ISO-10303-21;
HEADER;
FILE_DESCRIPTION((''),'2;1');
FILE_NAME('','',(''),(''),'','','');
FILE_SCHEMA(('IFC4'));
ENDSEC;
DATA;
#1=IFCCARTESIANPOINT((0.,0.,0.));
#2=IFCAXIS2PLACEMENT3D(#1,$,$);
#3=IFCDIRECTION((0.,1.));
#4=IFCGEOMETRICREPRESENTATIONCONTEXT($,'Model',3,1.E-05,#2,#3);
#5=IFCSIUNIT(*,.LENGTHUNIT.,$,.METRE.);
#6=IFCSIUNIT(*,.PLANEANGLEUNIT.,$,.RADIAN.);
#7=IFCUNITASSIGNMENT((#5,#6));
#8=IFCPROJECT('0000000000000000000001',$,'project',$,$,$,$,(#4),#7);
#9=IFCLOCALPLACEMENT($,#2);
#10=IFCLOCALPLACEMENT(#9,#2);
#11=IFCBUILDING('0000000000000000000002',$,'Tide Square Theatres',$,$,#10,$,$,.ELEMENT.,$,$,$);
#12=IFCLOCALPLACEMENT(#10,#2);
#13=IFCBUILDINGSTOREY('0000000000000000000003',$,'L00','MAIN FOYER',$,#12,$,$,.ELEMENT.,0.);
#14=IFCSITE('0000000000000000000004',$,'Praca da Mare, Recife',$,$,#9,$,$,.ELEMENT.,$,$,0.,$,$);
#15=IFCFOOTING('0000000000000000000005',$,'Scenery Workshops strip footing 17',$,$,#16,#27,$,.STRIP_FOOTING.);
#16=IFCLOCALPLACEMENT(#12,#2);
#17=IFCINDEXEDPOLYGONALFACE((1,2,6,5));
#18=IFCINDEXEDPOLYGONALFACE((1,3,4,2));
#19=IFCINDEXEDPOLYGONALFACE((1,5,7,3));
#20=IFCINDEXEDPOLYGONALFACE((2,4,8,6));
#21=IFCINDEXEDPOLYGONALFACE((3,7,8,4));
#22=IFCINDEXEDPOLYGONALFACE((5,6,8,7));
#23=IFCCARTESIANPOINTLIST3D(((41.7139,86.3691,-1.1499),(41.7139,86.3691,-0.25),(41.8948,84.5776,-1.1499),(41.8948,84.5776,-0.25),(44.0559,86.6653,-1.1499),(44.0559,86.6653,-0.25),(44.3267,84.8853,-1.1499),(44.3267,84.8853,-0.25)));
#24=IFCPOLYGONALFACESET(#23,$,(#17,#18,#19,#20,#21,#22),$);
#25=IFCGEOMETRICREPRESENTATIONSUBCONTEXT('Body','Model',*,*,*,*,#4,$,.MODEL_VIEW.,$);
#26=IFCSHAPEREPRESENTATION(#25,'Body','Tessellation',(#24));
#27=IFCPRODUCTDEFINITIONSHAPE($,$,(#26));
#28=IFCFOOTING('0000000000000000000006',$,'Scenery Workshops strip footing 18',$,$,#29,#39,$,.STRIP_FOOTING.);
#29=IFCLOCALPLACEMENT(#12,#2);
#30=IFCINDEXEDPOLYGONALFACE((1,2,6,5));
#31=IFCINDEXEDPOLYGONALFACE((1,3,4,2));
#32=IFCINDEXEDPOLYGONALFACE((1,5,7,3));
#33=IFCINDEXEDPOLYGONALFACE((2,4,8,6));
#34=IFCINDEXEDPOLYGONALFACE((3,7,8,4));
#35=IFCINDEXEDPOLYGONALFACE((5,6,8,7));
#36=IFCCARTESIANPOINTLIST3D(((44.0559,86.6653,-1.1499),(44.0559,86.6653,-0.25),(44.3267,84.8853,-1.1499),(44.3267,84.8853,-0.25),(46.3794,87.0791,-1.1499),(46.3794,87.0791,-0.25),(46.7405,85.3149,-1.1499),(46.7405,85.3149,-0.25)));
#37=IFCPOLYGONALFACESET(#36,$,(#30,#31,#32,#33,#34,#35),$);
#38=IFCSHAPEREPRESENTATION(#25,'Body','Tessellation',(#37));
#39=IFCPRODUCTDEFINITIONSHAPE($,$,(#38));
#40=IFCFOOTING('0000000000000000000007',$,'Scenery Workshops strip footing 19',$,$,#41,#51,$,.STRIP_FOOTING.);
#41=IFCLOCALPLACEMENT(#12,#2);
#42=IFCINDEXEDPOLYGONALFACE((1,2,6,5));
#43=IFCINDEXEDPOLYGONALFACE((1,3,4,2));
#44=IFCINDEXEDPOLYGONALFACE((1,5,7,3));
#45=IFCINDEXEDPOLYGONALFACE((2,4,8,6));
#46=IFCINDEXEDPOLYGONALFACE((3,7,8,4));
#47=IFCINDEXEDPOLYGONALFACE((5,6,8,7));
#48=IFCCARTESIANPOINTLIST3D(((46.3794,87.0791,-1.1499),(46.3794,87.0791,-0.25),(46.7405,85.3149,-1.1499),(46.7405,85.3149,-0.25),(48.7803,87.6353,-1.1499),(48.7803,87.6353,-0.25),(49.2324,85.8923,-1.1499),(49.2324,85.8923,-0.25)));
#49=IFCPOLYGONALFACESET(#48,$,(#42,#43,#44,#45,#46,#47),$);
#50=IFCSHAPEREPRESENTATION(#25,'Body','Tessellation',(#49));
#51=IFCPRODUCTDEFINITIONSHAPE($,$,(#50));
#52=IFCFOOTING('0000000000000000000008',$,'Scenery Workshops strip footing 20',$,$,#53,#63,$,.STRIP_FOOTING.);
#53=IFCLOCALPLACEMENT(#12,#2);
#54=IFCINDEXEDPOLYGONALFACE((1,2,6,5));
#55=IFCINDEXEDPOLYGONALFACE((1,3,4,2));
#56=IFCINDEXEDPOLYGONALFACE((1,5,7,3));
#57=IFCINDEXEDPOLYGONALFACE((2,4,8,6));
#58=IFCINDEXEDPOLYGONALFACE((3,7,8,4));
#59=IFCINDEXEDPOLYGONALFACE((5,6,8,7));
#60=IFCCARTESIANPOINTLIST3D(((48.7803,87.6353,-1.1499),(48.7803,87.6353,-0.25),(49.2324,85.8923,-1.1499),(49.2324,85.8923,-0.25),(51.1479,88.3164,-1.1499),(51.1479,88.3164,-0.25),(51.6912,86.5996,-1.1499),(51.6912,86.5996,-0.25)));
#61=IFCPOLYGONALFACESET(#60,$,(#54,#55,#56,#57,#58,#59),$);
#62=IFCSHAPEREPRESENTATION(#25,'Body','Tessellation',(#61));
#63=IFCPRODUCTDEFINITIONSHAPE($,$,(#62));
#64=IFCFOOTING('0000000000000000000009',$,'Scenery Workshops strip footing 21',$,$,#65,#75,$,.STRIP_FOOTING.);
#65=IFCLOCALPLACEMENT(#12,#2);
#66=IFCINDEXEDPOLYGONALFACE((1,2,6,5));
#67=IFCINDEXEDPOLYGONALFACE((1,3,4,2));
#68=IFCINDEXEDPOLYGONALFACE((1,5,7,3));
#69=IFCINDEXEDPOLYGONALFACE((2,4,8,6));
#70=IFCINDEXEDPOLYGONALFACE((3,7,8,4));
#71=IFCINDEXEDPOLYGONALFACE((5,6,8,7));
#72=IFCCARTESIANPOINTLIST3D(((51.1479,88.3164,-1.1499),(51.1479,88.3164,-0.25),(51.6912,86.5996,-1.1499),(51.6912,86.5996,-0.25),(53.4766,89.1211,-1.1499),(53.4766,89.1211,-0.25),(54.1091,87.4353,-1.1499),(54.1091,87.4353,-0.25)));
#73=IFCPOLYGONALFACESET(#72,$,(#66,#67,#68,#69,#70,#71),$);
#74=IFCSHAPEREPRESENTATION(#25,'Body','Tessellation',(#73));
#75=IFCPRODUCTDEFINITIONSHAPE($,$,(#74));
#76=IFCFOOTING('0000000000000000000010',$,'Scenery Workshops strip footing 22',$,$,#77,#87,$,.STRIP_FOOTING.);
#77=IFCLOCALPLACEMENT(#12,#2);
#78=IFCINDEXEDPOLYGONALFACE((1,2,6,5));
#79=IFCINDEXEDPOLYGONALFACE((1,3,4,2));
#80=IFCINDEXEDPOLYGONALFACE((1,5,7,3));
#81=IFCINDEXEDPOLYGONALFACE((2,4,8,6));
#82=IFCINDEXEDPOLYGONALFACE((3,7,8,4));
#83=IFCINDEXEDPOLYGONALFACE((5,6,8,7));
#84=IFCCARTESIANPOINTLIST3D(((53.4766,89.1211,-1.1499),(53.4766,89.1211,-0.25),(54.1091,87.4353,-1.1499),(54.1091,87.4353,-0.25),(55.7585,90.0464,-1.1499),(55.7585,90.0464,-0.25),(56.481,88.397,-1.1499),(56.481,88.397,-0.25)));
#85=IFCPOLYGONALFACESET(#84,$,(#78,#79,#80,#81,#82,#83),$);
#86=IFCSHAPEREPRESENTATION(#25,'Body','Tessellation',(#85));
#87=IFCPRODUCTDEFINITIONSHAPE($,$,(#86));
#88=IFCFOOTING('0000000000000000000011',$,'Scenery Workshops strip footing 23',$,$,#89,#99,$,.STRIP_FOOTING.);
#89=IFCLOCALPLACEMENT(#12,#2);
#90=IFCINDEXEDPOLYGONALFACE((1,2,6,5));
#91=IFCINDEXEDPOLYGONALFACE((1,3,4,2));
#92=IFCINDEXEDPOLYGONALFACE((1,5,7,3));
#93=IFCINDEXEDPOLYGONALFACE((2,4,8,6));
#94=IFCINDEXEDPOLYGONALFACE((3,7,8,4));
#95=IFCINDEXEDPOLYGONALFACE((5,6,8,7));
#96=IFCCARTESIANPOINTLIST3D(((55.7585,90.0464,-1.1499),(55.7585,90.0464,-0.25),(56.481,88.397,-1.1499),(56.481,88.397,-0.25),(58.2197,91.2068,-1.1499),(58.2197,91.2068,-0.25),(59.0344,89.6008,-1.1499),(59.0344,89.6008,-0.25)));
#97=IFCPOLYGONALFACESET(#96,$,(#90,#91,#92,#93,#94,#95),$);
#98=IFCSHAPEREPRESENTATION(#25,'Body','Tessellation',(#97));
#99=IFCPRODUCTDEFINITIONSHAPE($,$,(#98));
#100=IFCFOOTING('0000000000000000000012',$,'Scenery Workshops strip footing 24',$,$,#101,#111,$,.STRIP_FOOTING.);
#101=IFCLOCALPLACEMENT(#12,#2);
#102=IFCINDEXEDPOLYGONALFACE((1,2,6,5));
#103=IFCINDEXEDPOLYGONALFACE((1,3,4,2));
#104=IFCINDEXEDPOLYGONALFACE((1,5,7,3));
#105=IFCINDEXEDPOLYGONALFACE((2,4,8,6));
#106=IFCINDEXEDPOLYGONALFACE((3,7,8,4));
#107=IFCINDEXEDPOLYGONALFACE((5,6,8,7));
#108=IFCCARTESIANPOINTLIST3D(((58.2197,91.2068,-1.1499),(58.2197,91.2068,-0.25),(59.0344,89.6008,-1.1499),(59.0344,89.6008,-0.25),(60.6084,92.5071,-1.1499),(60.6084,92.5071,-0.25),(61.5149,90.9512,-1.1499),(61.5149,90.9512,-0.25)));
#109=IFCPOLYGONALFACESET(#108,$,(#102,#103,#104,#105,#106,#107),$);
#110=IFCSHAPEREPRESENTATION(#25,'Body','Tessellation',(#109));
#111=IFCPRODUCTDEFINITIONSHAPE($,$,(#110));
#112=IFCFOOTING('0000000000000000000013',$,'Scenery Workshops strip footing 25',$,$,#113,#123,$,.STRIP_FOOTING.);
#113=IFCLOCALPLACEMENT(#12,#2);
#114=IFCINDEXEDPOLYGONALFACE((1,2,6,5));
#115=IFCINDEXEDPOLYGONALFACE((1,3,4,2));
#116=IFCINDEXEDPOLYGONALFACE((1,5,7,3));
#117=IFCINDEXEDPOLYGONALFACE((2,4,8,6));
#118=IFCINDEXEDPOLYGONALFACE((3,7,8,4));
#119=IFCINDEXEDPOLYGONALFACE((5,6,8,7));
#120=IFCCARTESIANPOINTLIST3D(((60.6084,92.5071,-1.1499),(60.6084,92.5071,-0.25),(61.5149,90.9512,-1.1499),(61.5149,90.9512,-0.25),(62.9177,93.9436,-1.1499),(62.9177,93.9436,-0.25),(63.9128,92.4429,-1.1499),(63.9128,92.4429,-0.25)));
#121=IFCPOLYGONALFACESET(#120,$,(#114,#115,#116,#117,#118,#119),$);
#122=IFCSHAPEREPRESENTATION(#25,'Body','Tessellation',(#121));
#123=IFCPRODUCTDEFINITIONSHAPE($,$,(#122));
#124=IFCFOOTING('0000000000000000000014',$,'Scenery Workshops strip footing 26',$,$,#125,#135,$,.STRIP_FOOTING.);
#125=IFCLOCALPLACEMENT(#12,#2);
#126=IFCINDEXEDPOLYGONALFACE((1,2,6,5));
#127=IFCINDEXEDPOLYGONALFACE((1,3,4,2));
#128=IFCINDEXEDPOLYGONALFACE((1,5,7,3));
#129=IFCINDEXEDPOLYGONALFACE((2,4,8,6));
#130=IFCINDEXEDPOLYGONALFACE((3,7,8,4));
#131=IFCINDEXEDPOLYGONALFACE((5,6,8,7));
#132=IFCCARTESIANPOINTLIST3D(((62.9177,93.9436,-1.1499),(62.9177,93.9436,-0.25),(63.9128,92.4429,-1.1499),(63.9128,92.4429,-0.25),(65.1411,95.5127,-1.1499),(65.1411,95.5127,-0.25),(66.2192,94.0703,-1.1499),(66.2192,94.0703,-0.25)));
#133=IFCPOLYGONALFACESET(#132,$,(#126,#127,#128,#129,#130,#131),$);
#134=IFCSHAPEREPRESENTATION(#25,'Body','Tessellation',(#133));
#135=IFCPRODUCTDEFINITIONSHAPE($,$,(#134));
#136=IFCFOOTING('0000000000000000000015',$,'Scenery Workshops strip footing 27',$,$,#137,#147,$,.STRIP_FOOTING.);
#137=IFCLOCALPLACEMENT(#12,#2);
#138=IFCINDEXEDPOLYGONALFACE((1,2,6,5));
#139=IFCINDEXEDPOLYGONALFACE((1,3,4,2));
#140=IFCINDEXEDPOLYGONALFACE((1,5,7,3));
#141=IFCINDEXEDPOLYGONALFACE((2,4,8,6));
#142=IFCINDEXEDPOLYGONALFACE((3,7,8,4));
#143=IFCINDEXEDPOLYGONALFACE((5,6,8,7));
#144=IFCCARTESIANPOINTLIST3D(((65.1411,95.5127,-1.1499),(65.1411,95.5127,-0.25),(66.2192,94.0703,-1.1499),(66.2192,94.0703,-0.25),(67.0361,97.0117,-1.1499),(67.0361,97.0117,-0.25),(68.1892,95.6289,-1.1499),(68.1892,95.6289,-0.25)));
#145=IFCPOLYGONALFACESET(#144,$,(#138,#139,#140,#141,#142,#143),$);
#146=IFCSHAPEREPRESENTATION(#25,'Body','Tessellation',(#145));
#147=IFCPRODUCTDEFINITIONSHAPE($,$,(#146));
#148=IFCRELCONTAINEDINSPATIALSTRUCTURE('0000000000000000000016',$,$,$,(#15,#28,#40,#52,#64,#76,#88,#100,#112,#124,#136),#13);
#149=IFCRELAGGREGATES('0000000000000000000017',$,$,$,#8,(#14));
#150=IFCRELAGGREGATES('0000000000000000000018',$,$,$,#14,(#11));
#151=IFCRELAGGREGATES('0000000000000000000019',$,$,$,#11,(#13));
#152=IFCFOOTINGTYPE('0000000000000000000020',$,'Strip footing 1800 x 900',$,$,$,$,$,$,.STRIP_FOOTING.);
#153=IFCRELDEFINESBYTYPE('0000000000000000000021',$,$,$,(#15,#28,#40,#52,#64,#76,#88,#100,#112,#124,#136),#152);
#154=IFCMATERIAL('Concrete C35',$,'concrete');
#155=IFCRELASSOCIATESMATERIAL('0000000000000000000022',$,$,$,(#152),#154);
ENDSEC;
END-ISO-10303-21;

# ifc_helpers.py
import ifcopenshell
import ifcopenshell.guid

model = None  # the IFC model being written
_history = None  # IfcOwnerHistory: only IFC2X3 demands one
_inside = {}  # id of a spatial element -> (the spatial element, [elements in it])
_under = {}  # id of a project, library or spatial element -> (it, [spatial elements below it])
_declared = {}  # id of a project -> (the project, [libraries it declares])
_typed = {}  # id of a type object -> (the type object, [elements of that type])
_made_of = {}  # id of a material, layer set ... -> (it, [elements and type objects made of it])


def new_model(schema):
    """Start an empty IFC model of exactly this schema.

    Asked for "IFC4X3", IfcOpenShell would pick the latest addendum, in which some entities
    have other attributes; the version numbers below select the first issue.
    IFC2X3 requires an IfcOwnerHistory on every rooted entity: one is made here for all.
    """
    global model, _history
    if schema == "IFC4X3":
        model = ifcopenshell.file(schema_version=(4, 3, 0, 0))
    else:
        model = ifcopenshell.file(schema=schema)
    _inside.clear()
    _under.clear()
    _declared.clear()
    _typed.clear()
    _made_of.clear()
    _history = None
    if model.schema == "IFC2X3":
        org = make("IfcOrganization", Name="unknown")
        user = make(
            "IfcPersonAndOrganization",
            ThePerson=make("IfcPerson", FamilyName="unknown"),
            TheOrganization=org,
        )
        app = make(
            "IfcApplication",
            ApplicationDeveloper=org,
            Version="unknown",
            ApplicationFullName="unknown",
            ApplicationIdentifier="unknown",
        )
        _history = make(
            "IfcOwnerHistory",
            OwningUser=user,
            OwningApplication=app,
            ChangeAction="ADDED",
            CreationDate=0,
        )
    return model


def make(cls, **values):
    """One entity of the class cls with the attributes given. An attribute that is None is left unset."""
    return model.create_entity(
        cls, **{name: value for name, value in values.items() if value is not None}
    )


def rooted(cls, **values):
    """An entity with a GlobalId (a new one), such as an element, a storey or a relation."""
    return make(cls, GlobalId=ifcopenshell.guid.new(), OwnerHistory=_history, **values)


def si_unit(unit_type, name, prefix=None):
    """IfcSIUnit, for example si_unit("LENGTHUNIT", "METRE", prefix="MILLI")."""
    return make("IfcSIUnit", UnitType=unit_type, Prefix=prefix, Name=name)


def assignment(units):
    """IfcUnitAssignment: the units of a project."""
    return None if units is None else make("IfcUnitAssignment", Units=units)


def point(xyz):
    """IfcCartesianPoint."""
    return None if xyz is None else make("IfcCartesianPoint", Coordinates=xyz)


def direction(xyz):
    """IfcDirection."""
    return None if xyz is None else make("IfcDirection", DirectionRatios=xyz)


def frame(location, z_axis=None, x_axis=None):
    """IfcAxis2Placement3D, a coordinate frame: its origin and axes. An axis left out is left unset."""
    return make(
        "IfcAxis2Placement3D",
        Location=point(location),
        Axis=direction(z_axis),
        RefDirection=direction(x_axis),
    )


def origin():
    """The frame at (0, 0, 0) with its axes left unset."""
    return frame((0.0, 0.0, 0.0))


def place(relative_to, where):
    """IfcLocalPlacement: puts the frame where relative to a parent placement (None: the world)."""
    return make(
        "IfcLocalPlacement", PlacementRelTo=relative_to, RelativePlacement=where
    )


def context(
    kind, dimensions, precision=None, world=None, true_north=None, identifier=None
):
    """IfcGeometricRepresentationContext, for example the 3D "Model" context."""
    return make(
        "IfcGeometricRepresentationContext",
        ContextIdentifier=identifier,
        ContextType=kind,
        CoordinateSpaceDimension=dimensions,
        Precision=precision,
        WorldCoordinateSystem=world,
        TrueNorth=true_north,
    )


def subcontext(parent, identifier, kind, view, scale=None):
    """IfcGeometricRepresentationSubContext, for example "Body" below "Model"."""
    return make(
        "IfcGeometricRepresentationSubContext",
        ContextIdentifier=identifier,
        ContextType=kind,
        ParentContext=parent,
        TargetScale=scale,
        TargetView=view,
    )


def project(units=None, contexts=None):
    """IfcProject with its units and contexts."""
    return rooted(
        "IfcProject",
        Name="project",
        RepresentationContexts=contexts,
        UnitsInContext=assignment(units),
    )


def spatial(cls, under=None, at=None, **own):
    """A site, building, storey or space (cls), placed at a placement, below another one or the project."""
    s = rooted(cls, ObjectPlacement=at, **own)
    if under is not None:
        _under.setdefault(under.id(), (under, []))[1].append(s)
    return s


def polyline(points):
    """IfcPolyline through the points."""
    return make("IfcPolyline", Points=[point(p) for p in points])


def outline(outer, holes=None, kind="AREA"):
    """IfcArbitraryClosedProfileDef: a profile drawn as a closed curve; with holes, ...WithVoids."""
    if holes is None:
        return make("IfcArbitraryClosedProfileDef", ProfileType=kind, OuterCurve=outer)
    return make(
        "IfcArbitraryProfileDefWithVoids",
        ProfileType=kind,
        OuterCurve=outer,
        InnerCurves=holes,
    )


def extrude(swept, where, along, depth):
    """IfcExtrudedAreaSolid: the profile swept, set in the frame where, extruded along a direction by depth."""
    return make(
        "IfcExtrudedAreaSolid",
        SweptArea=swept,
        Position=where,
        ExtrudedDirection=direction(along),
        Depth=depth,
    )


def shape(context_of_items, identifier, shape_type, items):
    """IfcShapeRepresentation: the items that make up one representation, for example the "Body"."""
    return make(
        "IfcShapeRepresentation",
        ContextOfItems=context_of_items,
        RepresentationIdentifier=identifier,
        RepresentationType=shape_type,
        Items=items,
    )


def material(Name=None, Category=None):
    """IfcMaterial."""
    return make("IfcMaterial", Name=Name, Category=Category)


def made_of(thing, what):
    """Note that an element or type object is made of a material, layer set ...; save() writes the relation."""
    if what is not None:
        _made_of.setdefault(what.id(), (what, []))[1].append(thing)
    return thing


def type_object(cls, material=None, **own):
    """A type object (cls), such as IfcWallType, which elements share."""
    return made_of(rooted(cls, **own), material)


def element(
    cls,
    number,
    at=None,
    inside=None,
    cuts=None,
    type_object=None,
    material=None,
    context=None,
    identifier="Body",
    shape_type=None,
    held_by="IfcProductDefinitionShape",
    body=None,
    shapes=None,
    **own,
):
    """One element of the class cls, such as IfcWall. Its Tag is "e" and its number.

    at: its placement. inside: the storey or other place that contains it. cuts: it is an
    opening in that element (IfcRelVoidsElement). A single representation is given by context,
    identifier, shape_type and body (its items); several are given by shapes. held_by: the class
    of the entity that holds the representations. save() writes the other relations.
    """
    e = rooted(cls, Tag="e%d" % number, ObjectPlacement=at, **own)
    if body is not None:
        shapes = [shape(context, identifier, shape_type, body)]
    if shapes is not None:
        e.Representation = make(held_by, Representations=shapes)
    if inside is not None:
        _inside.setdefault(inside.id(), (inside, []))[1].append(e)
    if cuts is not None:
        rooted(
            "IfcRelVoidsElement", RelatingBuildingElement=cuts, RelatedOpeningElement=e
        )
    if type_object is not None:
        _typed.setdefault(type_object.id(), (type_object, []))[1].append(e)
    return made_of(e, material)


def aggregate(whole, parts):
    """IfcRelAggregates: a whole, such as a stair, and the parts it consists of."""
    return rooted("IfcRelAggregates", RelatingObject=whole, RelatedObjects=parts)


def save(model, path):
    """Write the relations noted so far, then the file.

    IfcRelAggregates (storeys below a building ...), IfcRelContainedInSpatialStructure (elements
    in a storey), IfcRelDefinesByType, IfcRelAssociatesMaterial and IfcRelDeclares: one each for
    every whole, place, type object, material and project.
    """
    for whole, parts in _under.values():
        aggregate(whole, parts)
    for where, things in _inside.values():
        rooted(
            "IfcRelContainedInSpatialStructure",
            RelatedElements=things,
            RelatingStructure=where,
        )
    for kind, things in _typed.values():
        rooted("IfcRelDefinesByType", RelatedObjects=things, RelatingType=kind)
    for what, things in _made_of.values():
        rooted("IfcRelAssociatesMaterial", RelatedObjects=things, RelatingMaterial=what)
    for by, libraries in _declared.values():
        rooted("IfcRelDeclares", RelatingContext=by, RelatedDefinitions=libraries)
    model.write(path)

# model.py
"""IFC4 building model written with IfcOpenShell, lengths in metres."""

from ifc_helpers import new_model, si_unit, direction, frame, origin, place, context, subcontext, project, spatial, polyline, outline, extrude, material, type_object, element, save


model = new_model("IFC4")

# Units and contexts
model_context = context("Model", 3, precision=1e-05, world=origin(), true_north=direction((0.0, 1.0)))
body_context = subcontext(model_context, "Body", "Model", "MODEL_VIEW")
ifc_project = project(units=[si_unit("LENGTHUNIT", "METRE"), si_unit("PLANEANGLEUNIT", "RADIAN")], contexts=[model_context])

# Site, building, storey
site_placement = place(None, origin())
site = spatial("IfcSite", under=ifc_project, at=site_placement, Name="Praca da Mare, Recife", CompositionType="ELEMENT", RefElevation=0.0)
building_placement = place(site_placement, origin())
building = spatial("IfcBuilding", under=site, at=building_placement, Name="Tide Square Theatres", CompositionType="ELEMENT")
storey_placement = place(building_placement, origin())
storey = spatial("IfcBuildingStorey", under=building, at=storey_placement, Name="L00", Description="MAIN FOYER", CompositionType="ELEMENT", Elevation=0.0)

# Footings
ifc_material = material(Name="Concrete C35", Category="concrete")
footing_type = type_object("IfcFootingType", Name="Strip footing 1800 x 900", PredefinedType="STRIP_FOOTING", material=ifc_material)
footing_1_placement = place(storey_placement, frame((0.0, 0.0, -1.1499)))
element("IfcFooting", 1, at=footing_1_placement, inside=storey, type_object=footing_type, Name="Scenery Workshops strip footing 17", PredefinedType="STRIP_FOOTING", context=body_context, shape_type="SweptSolid", body=[
    extrude(outline(polyline([(41.8948, 84.5776), (44.3267, 84.8853), (44.0559, 86.6653), (41.7139, 86.3691), (41.8948, 84.5776)])), origin(), (0.0, 0.0, 1.0), 0.8999),
])
footing_2_placement = place(storey_placement, frame((0.0, 0.0, -1.1499)))
element("IfcFooting", 2, at=footing_2_placement, inside=storey, type_object=footing_type, Name="Scenery Workshops strip footing 18", PredefinedType="STRIP_FOOTING", context=body_context, shape_type="SweptSolid", body=[
    extrude(outline(polyline([(44.3267, 84.8853), (46.7405, 85.3149), (46.3794, 87.0791), (44.0559, 86.6653), (44.3267, 84.8853)])), origin(), (0.0, 0.0, 1.0), 0.8999),
])
footing_3_placement = place(storey_placement, frame((0.0, 0.0, -1.1499)))
element("IfcFooting", 3, at=footing_3_placement, inside=storey, type_object=footing_type, Name="Scenery Workshops strip footing 19", PredefinedType="STRIP_FOOTING", context=body_context, shape_type="SweptSolid", body=[
    extrude(outline(polyline([(46.7405, 85.3149), (49.2324, 85.8923), (48.7803, 87.6353), (46.3794, 87.0791), (46.7405, 85.3149)])), origin(), (0.0, 0.0, 1.0), 0.8999),
])
footing_4_placement = place(storey_placement, frame((0.0, 0.0, -1.1499)))
element("IfcFooting", 4, at=footing_4_placement, inside=storey, type_object=footing_type, Name="Scenery Workshops strip footing 20", PredefinedType="STRIP_FOOTING", context=body_context, shape_type="SweptSolid", body=[
    extrude(outline(polyline([(49.2324, 85.8923), (51.6912, 86.5996), (51.1479, 88.3164), (48.7803, 87.6353), (49.2324, 85.8923)])), origin(), (0.0, 0.0, 1.0), 0.8999),
])
footing_5_placement = place(storey_placement, frame((0.0, 0.0, -1.1499)))
element("IfcFooting", 5, at=footing_5_placement, inside=storey, type_object=footing_type, Name="Scenery Workshops strip footing 21", PredefinedType="STRIP_FOOTING", context=body_context, shape_type="SweptSolid", body=[
    extrude(outline(polyline([(51.6912, 86.5996), (54.1091, 87.4353), (53.4766, 89.1211), (51.1479, 88.3164), (51.6912, 86.5996)])), origin(), (0.0, 0.0, 1.0), 0.8999),
])
footing_6_placement = place(storey_placement, frame((0.0, 0.0, -1.1499)))
element("IfcFooting", 6, at=footing_6_placement, inside=storey, type_object=footing_type, Name="Scenery Workshops strip footing 22", PredefinedType="STRIP_FOOTING", context=body_context, shape_type="SweptSolid", body=[
    extrude(outline(polyline([(54.1091, 87.4353), (56.481, 88.397), (55.7585, 90.0464), (53.4766, 89.1211), (54.1091, 87.4353)])), origin(), (0.0, 0.0, 1.0), 0.8999),
])
footing_7_placement = place(storey_placement, frame((0.0, 0.0, -1.1499)))
element("IfcFooting", 7, at=footing_7_placement, inside=storey, type_object=footing_type, Name="Scenery Workshops strip footing 23", PredefinedType="STRIP_FOOTING", context=body_context, shape_type="SweptSolid", body=[
    extrude(outline(polyline([(56.481, 88.397), (59.0344, 89.6008), (58.2197, 91.2068), (55.7585, 90.0464), (56.481, 88.397)])), origin(), (0.0, 0.0, 1.0), 0.8999),
])
footing_8_placement = place(storey_placement, frame((0.0, 0.0, -1.1499)))
element("IfcFooting", 8, at=footing_8_placement, inside=storey, type_object=footing_type, Name="Scenery Workshops strip footing 24", PredefinedType="STRIP_FOOTING", context=body_context, shape_type="SweptSolid", body=[
    extrude(outline(polyline([(59.0344, 89.6008), (61.5149, 90.9512), (60.6084, 92.5071), (58.2197, 91.2068), (59.0344, 89.6008)])), origin(), (0.0, 0.0, 1.0), 0.8999),
])
footing_9_placement = place(storey_placement, frame((0.0, 0.0, -1.1499)))
element("IfcFooting", 9, at=footing_9_placement, inside=storey, type_object=footing_type, Name="Scenery Workshops strip footing 25", PredefinedType="STRIP_FOOTING", context=body_context, shape_type="SweptSolid", body=[
    extrude(outline(polyline([(61.5149, 90.9512), (63.9128, 92.4429), (62.9177, 93.9436), (60.6084, 92.5071), (61.5149, 90.9512)])), origin(), (0.0, 0.0, 1.0), 0.8999),
])
footing_10_placement = place(storey_placement, frame((0.0, 0.0, -1.1499)))
element("IfcFooting", 10, at=footing_10_placement, inside=storey, type_object=footing_type, Name="Scenery Workshops strip footing 26", PredefinedType="STRIP_FOOTING", context=body_context, shape_type="SweptSolid", body=[
    extrude(outline(polyline([(63.9128, 92.4429), (66.2192, 94.0703), (65.1411, 95.5127), (62.9177, 93.9436), (63.9128, 92.4429)])), origin(), (0.0, 0.0, 1.0), 0.8999),
])
footing_11_placement = place(storey_placement, frame((0.0, 0.0, -1.1499)))
element("IfcFooting", 11, at=footing_11_placement, inside=storey, type_object=footing_type, Name="Scenery Workshops strip footing 27", PredefinedType="STRIP_FOOTING", context=body_context, shape_type="SweptSolid", body=[
    extrude(outline(polyline([(66.2192, 94.0703), (68.1892, 95.6289), (67.0361, 97.0117), (65.1411, 95.5127), (66.2192, 94.0703)])), origin(), (0.0, 0.0, 1.0), 0.8999),
])

save(model, "model.ifc")
